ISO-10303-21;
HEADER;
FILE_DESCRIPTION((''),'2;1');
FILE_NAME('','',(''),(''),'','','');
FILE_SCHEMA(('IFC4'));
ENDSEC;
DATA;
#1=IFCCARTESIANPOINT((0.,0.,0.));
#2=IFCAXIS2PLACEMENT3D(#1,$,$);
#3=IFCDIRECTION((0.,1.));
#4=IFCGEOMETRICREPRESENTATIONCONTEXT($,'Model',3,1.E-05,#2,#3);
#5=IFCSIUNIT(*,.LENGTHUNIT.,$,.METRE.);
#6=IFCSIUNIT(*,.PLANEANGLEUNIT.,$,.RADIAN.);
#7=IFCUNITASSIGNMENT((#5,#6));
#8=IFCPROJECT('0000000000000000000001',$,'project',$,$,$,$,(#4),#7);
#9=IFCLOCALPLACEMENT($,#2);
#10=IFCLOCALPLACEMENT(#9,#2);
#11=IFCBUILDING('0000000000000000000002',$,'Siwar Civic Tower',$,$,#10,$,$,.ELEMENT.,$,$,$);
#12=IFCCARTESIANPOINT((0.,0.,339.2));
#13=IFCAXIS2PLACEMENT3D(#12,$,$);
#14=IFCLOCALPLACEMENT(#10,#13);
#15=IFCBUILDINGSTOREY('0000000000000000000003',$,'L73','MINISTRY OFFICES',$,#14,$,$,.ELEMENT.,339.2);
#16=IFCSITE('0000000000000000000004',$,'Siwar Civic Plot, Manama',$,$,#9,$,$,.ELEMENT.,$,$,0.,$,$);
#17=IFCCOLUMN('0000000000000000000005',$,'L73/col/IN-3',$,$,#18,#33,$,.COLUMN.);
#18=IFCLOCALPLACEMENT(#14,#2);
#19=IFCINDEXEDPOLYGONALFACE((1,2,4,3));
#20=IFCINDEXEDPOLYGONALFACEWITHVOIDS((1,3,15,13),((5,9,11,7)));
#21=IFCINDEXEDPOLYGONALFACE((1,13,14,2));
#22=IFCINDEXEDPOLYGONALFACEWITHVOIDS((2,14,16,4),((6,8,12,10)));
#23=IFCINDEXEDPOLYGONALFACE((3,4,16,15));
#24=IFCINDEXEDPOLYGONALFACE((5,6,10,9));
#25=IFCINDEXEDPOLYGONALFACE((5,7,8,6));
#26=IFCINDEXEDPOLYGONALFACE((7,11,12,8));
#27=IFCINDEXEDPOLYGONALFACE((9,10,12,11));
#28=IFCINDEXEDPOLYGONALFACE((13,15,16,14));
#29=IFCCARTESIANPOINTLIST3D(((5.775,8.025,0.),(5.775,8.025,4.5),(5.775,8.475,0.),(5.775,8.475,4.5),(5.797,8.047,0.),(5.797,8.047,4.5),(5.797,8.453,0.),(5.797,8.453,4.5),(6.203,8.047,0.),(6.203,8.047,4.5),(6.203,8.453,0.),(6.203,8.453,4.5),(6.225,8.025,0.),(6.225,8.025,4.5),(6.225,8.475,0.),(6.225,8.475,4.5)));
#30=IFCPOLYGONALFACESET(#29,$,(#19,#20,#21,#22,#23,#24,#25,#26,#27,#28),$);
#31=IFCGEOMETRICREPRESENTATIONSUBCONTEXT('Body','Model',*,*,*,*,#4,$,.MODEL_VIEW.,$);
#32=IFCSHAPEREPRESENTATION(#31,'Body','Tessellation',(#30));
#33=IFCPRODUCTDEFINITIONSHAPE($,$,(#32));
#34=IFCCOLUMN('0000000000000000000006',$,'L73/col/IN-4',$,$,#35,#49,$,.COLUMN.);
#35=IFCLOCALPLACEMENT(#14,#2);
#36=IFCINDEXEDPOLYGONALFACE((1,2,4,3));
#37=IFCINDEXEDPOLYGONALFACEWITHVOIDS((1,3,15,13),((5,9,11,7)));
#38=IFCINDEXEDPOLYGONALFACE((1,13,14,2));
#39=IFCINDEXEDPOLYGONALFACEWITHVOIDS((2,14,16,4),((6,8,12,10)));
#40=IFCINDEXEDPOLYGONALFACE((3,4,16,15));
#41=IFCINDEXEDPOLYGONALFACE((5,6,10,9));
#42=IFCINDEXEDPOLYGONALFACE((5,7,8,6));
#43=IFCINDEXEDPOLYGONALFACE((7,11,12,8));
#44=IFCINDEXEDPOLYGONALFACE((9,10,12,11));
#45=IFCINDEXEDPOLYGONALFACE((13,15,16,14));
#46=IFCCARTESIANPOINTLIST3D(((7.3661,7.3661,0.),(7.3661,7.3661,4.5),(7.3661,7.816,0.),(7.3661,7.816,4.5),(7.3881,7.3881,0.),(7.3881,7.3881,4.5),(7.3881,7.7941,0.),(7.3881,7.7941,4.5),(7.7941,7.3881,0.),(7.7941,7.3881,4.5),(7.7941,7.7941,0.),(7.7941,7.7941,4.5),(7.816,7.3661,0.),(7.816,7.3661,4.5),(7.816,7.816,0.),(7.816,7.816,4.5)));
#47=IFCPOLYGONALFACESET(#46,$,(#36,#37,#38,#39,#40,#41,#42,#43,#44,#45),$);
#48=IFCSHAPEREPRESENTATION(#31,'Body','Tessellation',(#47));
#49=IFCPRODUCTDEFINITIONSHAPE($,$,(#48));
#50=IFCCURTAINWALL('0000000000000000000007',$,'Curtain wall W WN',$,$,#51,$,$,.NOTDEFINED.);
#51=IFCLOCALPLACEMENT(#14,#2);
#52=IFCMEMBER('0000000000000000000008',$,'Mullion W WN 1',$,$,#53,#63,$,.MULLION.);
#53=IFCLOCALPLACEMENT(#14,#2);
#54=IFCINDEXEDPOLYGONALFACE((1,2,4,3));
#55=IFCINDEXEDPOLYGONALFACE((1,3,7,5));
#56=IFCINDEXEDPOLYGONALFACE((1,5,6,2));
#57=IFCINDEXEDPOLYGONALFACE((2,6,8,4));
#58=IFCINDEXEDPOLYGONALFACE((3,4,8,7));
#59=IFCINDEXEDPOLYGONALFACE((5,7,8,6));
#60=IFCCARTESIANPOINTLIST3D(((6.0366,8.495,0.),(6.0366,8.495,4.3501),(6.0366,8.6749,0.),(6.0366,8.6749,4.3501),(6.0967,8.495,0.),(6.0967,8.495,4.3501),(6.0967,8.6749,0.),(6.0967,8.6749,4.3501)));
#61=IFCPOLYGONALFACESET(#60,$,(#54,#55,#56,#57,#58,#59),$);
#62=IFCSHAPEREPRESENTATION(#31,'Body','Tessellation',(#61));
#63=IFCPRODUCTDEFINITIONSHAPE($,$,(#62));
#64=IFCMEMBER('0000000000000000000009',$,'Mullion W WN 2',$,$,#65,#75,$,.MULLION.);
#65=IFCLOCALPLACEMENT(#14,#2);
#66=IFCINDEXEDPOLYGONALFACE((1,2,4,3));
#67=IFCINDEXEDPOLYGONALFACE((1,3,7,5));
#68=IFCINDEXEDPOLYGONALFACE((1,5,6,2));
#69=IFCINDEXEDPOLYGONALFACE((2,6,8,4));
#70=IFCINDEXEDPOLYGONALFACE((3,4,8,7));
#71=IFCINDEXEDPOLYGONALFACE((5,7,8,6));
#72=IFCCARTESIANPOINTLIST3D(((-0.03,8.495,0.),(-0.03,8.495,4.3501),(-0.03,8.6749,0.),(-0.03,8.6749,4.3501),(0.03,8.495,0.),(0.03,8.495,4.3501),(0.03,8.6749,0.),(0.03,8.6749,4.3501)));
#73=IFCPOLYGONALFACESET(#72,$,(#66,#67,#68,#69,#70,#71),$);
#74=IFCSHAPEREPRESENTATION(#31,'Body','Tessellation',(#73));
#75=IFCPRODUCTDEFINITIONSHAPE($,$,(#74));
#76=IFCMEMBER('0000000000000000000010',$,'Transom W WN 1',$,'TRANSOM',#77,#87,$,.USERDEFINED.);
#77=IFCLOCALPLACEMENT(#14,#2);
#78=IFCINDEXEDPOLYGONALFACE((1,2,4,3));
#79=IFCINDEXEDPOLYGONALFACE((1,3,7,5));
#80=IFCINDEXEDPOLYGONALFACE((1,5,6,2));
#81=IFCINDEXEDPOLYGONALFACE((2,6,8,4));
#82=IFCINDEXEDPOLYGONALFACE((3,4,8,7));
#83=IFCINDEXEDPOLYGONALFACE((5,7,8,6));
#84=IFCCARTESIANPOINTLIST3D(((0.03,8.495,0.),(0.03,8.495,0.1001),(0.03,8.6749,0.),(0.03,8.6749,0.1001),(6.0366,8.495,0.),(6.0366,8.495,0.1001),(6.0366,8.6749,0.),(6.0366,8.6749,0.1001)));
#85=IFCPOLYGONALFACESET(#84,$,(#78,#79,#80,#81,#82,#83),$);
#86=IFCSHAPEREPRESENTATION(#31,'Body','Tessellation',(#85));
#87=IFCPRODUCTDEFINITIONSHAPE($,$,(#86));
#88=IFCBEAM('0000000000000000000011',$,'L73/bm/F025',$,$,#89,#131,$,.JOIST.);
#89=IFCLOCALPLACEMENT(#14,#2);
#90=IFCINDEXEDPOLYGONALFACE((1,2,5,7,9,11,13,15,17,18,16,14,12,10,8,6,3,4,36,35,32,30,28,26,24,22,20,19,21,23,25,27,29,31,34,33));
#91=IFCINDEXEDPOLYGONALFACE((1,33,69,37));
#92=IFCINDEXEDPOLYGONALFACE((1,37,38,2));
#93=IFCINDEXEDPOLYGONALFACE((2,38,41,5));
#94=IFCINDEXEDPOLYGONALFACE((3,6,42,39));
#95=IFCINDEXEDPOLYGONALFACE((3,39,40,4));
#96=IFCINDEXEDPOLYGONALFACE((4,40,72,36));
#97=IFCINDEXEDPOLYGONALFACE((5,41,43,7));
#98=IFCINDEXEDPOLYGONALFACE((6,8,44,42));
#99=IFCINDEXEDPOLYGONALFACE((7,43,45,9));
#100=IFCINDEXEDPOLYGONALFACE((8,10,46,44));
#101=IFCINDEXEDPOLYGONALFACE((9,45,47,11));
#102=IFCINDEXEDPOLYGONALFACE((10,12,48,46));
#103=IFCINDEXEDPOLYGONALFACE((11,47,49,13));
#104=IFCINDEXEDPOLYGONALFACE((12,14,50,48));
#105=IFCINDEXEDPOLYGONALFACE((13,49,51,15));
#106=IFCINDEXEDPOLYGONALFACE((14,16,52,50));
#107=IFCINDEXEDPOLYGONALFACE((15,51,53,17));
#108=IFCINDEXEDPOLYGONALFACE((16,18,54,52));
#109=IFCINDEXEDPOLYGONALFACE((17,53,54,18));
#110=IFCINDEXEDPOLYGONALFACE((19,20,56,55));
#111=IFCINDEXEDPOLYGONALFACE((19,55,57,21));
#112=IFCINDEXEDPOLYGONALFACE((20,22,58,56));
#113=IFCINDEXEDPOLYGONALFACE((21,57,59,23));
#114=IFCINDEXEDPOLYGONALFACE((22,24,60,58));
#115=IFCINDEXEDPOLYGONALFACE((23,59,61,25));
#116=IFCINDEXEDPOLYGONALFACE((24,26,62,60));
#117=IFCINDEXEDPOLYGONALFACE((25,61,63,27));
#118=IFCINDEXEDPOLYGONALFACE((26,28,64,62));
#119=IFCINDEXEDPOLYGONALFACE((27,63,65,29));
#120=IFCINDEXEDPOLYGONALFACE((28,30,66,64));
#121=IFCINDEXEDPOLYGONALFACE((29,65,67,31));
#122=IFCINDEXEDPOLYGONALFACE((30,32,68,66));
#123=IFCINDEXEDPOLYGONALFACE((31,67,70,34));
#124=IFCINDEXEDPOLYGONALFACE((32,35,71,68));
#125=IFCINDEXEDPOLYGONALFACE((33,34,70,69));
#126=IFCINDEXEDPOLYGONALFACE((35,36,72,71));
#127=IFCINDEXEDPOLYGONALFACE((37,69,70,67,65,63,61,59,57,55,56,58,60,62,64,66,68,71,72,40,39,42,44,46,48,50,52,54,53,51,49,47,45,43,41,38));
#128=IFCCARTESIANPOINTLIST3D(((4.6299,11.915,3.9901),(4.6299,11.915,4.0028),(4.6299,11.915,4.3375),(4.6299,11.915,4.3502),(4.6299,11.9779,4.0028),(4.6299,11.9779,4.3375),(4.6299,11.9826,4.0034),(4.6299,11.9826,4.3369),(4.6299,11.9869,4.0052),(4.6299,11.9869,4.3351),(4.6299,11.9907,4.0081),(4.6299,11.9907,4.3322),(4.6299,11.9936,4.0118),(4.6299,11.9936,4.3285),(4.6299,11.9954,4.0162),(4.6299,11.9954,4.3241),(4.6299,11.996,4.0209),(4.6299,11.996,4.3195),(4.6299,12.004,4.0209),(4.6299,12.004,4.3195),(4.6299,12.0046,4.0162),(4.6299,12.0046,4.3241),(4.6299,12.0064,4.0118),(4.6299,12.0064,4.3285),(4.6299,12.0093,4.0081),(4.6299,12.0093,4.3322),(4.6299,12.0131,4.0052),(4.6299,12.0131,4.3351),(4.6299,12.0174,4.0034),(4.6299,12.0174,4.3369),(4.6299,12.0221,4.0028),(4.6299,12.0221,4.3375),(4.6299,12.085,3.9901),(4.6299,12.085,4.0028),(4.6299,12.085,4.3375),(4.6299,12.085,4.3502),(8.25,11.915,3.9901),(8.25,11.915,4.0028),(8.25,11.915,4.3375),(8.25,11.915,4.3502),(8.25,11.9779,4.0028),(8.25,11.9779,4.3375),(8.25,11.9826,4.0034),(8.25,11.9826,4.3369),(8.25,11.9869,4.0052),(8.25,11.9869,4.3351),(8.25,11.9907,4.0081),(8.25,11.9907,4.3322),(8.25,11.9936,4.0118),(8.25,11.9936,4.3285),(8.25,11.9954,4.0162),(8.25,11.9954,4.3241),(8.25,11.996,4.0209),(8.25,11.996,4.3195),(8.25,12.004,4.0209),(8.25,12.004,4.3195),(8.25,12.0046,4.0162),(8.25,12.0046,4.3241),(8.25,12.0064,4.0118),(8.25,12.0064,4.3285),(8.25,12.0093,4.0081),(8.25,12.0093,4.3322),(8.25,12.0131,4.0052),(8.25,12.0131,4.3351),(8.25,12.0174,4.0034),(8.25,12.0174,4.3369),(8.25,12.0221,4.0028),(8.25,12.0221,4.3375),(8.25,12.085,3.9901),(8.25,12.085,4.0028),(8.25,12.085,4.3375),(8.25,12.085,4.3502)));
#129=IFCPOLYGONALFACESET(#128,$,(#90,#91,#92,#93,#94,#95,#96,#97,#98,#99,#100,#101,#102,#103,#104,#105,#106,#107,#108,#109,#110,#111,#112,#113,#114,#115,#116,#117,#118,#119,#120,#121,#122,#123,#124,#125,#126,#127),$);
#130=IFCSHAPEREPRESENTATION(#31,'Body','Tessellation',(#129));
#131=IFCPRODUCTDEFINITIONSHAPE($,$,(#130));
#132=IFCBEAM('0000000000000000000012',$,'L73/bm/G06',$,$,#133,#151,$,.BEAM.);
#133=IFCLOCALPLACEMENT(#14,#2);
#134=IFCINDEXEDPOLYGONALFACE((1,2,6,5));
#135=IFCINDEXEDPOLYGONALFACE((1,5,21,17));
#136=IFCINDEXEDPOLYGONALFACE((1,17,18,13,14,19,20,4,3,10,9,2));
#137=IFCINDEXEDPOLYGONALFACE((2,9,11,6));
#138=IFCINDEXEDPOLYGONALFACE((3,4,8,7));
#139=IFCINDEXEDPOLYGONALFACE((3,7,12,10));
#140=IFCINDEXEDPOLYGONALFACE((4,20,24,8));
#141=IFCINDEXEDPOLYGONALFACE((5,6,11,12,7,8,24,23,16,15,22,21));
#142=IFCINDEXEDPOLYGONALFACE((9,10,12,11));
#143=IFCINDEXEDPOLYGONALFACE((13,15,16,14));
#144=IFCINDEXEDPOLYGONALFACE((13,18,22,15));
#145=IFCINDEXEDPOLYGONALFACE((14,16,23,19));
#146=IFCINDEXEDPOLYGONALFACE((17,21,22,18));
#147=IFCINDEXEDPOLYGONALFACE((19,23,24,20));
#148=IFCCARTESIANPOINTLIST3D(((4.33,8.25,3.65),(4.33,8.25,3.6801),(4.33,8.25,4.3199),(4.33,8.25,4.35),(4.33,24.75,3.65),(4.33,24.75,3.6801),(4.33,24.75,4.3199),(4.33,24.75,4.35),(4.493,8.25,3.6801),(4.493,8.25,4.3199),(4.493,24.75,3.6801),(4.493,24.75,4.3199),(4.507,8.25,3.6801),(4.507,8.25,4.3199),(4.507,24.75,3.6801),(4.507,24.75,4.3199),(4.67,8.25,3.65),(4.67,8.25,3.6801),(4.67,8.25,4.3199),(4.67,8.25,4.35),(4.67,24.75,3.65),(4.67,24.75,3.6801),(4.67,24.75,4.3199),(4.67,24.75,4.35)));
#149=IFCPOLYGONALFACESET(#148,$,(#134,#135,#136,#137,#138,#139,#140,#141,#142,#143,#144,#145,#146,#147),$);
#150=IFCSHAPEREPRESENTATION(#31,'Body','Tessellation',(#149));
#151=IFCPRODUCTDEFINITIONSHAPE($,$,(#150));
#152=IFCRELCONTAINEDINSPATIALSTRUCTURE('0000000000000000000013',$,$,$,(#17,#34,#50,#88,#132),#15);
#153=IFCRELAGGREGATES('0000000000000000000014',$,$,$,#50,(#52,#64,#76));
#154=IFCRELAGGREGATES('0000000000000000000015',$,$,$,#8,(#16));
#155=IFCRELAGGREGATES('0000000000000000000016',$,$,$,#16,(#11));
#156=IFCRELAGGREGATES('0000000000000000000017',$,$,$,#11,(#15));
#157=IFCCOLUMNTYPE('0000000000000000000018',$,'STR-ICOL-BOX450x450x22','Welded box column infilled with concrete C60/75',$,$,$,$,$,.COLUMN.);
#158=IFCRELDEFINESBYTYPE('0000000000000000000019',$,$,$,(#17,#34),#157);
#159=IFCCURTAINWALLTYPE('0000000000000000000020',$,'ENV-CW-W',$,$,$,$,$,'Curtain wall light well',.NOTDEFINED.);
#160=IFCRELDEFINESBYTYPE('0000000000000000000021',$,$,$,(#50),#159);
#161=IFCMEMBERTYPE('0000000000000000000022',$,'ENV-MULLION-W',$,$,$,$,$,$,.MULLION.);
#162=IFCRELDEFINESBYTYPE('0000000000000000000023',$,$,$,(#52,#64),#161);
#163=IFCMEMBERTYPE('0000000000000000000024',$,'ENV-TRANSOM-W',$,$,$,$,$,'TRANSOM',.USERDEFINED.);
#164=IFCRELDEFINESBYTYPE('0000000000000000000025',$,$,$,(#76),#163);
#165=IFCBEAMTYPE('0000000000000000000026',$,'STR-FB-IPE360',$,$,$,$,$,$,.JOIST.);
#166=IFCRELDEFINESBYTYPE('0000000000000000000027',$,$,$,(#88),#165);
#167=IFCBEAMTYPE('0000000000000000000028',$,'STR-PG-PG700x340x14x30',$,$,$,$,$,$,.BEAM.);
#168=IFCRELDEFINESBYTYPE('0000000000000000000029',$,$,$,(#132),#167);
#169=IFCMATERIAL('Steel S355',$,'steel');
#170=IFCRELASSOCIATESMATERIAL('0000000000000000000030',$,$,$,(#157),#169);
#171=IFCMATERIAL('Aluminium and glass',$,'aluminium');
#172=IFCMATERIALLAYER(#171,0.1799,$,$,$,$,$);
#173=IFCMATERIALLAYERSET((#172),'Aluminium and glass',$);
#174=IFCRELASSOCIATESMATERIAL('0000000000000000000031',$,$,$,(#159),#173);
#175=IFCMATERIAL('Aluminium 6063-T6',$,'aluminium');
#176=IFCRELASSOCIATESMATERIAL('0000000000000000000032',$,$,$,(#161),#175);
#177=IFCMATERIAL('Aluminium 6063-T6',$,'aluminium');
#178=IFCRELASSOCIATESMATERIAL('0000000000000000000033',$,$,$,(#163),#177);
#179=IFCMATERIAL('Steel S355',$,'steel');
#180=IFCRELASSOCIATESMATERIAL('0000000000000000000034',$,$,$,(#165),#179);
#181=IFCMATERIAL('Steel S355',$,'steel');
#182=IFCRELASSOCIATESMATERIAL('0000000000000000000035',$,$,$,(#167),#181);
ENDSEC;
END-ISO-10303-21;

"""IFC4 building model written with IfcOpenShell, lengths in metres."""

from ifc_helpers import new_model, si_unit, direction, frame, origin, origin_2d, place, context, subcontext, project, spatial, rectangle, hollow_rectangle, i_section, extrude, material, layer, layer_set, material_profile, profile_set, type_object, element, aggregate, save


model = new_model("IFC4")

# Units and contexts
model_context = context("Model", 3, precision=1e-05, world=origin(), true_north=direction((0.0, 1.0)))
body_context = subcontext(model_context, "Body", "Model", "MODEL_VIEW")
ifc_project = project(units=[si_unit("LENGTHUNIT", "METRE"), si_unit("PLANEANGLEUNIT", "RADIAN")], contexts=[model_context])

# Site, building, storey
site_placement = place(None, origin())
site = spatial("IfcSite", under=ifc_project, at=site_placement, Name="Siwar Civic Plot, Manama", CompositionType="ELEMENT", RefElevation=0.0)
building_placement = place(site_placement, origin())
building = spatial("IfcBuilding", under=site, at=building_placement, Name="Siwar Civic Tower", CompositionType="ELEMENT")
storey_placement = place(building_placement, frame((0.0, 0.0, 339.2)))
storey = spatial("IfcBuildingStorey", under=building, at=storey_placement, Name="L73", Description="MINISTRY OFFICES", CompositionType="ELEMENT", Elevation=339.2)

# Columns
ifc_material_1 = material(Name="Steel S355", Category="steel")
ifc_material_profile_1 = material_profile(ifc_material_1, hollow_rectangle(XDim=0.45, YDim=0.45, WallThickness=0.022, at=origin_2d()), Name="BOX450x450x22")
ifc_profile_set_1 = profile_set([ifc_material_profile_1], Name="Steel S355")
column_type = type_object("IfcColumnType", Name="STR-ICOL-BOX450x450x22", Description="Welded box column infilled with concrete C60/75", PredefinedType="COLUMN", material=ifc_profile_set_1)
for number, where, z_axis, x_axis, name in (
    (1, (6.0, 8.25, 0.0), (0.0, 0.0, 1.0), (1.0, 0.0, 0.0), "L73/col/IN-3"),
    (2, (7.5911, 7.5911, 0.0), (0.0, 0.0, 1.0), (1.0, 0.0, 0.0), "L73/col/IN-4"),
):
    element("IfcColumn", number, at=place(storey_placement, frame(where, z_axis=z_axis, x_axis=x_axis)), inside=storey, type_object=column_type, Name=name, PredefinedType="COLUMN", context=body_context, shape_type="SweptSolid", body=[
        extrude(hollow_rectangle(XDim=0.45, YDim=0.45, WallThickness=0.022, at=origin_2d()), origin(), (0.0, 0.0, 1.0), 4.5),
    ])

# Curtain wall, members
ifc_material_2 = material(Name="Aluminium and glass", Category="aluminium")
ifc_layer_1 = layer(ifc_material_2, 0.1799)
ifc_layer_set_1 = layer_set([ifc_layer_1], Name="Aluminium and glass")
curtain_wall_type = type_object("IfcCurtainWallType", Name="ENV-CW-W", ElementType="Curtain wall light well", PredefinedType="NOTDEFINED", material=ifc_layer_set_1)
curtain_wall_placement = place(storey_placement, origin())
curtain_wall = element("IfcCurtainWall", 3, at=curtain_wall_placement, inside=storey, type_object=curtain_wall_type, Name="Curtain wall W WN", PredefinedType="NOTDEFINED")
ifc_material_3 = material(Name="Aluminium 6063-T6", Category="aluminium")
ifc_material_profile_2 = material_profile(ifc_material_3, rectangle(XDim=0.1799, YDim=0.0601, at=origin_2d()), Name="AL 180x60")
ifc_profile_set_2 = profile_set([ifc_material_profile_2], Name="Aluminium 6063-T6")
member_type_1 = type_object("IfcMemberType", Name="ENV-MULLION-W", PredefinedType="MULLION", material=ifc_profile_set_2)
member_1_placement = place(storey_placement, frame((6.0667, 8.585, 0.0), z_axis=(0.0, 0.0, 1.0), x_axis=(0.0, -1.0, 0.0)))
member_1 = element("IfcMember", 4, at=member_1_placement, type_object=member_type_1, Name="Mullion W WN 1", PredefinedType="MULLION", context=body_context, shape_type="SweptSolid", body=[
    extrude(rectangle(XDim=0.1799, YDim=0.0601, at=origin_2d()), origin(), (0.0, 0.0, 1.0), 4.3501),
])
member_2_placement = place(storey_placement, frame((0.0, 8.585, 0.0), z_axis=(0.0, 0.0, 1.0), x_axis=(0.0, -1.0, 0.0)))
member_2 = element("IfcMember", 5, at=member_2_placement, type_object=member_type_1, Name="Mullion W WN 2", PredefinedType="MULLION", context=body_context, shape_type="SweptSolid", body=[
    extrude(rectangle(XDim=0.1799, YDim=0.0601, at=origin_2d()), origin(), (0.0, 0.0, 1.0), 4.3501),
])
ifc_material_4 = material(Name="Aluminium 6063-T6", Category="aluminium")
ifc_material_profile_3 = material_profile(ifc_material_4, rectangle(XDim=0.1799, YDim=0.1001, at=origin_2d()), Name="AL 180x100")
ifc_profile_set_3 = profile_set([ifc_material_profile_3], Name="Aluminium 6063-T6")
member_type_2 = type_object("IfcMemberType", Name="ENV-TRANSOM-W", ElementType="TRANSOM", PredefinedType="USERDEFINED", material=ifc_profile_set_3)
member_3_placement = place(storey_placement, frame((6.0366, 8.585, 0.05), z_axis=(-1.0, 0.0, 0.0), x_axis=(0.0, -1.0, 0.0)))
member_3 = element("IfcMember", 6, at=member_3_placement, type_object=member_type_2, Name="Transom W WN 1", ObjectType="TRANSOM", PredefinedType="USERDEFINED", context=body_context, shape_type="SweptSolid", body=[
    extrude(rectangle(XDim=0.1799, YDim=0.1001, at=origin_2d()), origin(), (0.0, 0.0, 1.0), 6.0066),
])

# Beams
ifc_material_5 = material(Name="Steel S355", Category="steel")
ifc_material_profile_4 = material_profile(ifc_material_5, i_section(OverallWidth=0.1699, OverallDepth=0.3601, WebThickness=0.0081, FlangeThickness=0.0127, FilletRadius=0.0181, at=origin_2d()), Name="IPE360")
ifc_profile_set_4 = profile_set([ifc_material_profile_4], Name="Steel S355")
beam_type_1 = type_object("IfcBeamType", Name="STR-FB-IPE360", PredefinedType="JOIST", material=ifc_profile_set_4)
beam_1_placement = place(storey_placement, frame((4.6299, 12.0, 4.1702), z_axis=(1.0, 0.0, 0.0), x_axis=(0.0, 1.0, 0.0)))
element("IfcBeam", 7, at=beam_1_placement, inside=storey, type_object=beam_type_1, Name="L73/bm/F025", PredefinedType="JOIST", context=body_context, shape_type="SweptSolid", body=[
    extrude(i_section(OverallWidth=0.1699, OverallDepth=0.3601, WebThickness=0.0081, FlangeThickness=0.0127, FilletRadius=0.0181, at=origin_2d()), origin(), (0.0, 0.0, 1.0), 3.6201),
])
ifc_material_6 = material(Name="Steel S355", Category="steel")
ifc_material_profile_5 = material_profile(ifc_material_6, i_section(OverallWidth=0.3401, OverallDepth=0.7, WebThickness=0.0139, FlangeThickness=0.03, at=origin_2d()), Name="PG700x340x14x30")
ifc_profile_set_5 = profile_set([ifc_material_profile_5], Name="Steel S355")
beam_type_2 = type_object("IfcBeamType", Name="STR-PG-PG700x340x14x30", PredefinedType="BEAM", material=ifc_profile_set_5)
beam_2_placement = place(storey_placement, frame((4.5, 8.25, 4.0), z_axis=(0.0, 1.0, 0.0), x_axis=(-1.0, 0.0, 0.0)))
element("IfcBeam", 8, at=beam_2_placement, inside=storey, type_object=beam_type_2, Name="L73/bm/G06", PredefinedType="BEAM", context=body_context, shape_type="SweptSolid", body=[
    extrude(i_section(OverallWidth=0.3401, OverallDepth=0.7, WebThickness=0.0139, FlangeThickness=0.03, at=origin_2d()), origin(), (0.0, 0.0, 1.0), 16.5),
])

aggregate(curtain_wall, [member_1, member_2, member_3])

save(model, "model.ifc")
